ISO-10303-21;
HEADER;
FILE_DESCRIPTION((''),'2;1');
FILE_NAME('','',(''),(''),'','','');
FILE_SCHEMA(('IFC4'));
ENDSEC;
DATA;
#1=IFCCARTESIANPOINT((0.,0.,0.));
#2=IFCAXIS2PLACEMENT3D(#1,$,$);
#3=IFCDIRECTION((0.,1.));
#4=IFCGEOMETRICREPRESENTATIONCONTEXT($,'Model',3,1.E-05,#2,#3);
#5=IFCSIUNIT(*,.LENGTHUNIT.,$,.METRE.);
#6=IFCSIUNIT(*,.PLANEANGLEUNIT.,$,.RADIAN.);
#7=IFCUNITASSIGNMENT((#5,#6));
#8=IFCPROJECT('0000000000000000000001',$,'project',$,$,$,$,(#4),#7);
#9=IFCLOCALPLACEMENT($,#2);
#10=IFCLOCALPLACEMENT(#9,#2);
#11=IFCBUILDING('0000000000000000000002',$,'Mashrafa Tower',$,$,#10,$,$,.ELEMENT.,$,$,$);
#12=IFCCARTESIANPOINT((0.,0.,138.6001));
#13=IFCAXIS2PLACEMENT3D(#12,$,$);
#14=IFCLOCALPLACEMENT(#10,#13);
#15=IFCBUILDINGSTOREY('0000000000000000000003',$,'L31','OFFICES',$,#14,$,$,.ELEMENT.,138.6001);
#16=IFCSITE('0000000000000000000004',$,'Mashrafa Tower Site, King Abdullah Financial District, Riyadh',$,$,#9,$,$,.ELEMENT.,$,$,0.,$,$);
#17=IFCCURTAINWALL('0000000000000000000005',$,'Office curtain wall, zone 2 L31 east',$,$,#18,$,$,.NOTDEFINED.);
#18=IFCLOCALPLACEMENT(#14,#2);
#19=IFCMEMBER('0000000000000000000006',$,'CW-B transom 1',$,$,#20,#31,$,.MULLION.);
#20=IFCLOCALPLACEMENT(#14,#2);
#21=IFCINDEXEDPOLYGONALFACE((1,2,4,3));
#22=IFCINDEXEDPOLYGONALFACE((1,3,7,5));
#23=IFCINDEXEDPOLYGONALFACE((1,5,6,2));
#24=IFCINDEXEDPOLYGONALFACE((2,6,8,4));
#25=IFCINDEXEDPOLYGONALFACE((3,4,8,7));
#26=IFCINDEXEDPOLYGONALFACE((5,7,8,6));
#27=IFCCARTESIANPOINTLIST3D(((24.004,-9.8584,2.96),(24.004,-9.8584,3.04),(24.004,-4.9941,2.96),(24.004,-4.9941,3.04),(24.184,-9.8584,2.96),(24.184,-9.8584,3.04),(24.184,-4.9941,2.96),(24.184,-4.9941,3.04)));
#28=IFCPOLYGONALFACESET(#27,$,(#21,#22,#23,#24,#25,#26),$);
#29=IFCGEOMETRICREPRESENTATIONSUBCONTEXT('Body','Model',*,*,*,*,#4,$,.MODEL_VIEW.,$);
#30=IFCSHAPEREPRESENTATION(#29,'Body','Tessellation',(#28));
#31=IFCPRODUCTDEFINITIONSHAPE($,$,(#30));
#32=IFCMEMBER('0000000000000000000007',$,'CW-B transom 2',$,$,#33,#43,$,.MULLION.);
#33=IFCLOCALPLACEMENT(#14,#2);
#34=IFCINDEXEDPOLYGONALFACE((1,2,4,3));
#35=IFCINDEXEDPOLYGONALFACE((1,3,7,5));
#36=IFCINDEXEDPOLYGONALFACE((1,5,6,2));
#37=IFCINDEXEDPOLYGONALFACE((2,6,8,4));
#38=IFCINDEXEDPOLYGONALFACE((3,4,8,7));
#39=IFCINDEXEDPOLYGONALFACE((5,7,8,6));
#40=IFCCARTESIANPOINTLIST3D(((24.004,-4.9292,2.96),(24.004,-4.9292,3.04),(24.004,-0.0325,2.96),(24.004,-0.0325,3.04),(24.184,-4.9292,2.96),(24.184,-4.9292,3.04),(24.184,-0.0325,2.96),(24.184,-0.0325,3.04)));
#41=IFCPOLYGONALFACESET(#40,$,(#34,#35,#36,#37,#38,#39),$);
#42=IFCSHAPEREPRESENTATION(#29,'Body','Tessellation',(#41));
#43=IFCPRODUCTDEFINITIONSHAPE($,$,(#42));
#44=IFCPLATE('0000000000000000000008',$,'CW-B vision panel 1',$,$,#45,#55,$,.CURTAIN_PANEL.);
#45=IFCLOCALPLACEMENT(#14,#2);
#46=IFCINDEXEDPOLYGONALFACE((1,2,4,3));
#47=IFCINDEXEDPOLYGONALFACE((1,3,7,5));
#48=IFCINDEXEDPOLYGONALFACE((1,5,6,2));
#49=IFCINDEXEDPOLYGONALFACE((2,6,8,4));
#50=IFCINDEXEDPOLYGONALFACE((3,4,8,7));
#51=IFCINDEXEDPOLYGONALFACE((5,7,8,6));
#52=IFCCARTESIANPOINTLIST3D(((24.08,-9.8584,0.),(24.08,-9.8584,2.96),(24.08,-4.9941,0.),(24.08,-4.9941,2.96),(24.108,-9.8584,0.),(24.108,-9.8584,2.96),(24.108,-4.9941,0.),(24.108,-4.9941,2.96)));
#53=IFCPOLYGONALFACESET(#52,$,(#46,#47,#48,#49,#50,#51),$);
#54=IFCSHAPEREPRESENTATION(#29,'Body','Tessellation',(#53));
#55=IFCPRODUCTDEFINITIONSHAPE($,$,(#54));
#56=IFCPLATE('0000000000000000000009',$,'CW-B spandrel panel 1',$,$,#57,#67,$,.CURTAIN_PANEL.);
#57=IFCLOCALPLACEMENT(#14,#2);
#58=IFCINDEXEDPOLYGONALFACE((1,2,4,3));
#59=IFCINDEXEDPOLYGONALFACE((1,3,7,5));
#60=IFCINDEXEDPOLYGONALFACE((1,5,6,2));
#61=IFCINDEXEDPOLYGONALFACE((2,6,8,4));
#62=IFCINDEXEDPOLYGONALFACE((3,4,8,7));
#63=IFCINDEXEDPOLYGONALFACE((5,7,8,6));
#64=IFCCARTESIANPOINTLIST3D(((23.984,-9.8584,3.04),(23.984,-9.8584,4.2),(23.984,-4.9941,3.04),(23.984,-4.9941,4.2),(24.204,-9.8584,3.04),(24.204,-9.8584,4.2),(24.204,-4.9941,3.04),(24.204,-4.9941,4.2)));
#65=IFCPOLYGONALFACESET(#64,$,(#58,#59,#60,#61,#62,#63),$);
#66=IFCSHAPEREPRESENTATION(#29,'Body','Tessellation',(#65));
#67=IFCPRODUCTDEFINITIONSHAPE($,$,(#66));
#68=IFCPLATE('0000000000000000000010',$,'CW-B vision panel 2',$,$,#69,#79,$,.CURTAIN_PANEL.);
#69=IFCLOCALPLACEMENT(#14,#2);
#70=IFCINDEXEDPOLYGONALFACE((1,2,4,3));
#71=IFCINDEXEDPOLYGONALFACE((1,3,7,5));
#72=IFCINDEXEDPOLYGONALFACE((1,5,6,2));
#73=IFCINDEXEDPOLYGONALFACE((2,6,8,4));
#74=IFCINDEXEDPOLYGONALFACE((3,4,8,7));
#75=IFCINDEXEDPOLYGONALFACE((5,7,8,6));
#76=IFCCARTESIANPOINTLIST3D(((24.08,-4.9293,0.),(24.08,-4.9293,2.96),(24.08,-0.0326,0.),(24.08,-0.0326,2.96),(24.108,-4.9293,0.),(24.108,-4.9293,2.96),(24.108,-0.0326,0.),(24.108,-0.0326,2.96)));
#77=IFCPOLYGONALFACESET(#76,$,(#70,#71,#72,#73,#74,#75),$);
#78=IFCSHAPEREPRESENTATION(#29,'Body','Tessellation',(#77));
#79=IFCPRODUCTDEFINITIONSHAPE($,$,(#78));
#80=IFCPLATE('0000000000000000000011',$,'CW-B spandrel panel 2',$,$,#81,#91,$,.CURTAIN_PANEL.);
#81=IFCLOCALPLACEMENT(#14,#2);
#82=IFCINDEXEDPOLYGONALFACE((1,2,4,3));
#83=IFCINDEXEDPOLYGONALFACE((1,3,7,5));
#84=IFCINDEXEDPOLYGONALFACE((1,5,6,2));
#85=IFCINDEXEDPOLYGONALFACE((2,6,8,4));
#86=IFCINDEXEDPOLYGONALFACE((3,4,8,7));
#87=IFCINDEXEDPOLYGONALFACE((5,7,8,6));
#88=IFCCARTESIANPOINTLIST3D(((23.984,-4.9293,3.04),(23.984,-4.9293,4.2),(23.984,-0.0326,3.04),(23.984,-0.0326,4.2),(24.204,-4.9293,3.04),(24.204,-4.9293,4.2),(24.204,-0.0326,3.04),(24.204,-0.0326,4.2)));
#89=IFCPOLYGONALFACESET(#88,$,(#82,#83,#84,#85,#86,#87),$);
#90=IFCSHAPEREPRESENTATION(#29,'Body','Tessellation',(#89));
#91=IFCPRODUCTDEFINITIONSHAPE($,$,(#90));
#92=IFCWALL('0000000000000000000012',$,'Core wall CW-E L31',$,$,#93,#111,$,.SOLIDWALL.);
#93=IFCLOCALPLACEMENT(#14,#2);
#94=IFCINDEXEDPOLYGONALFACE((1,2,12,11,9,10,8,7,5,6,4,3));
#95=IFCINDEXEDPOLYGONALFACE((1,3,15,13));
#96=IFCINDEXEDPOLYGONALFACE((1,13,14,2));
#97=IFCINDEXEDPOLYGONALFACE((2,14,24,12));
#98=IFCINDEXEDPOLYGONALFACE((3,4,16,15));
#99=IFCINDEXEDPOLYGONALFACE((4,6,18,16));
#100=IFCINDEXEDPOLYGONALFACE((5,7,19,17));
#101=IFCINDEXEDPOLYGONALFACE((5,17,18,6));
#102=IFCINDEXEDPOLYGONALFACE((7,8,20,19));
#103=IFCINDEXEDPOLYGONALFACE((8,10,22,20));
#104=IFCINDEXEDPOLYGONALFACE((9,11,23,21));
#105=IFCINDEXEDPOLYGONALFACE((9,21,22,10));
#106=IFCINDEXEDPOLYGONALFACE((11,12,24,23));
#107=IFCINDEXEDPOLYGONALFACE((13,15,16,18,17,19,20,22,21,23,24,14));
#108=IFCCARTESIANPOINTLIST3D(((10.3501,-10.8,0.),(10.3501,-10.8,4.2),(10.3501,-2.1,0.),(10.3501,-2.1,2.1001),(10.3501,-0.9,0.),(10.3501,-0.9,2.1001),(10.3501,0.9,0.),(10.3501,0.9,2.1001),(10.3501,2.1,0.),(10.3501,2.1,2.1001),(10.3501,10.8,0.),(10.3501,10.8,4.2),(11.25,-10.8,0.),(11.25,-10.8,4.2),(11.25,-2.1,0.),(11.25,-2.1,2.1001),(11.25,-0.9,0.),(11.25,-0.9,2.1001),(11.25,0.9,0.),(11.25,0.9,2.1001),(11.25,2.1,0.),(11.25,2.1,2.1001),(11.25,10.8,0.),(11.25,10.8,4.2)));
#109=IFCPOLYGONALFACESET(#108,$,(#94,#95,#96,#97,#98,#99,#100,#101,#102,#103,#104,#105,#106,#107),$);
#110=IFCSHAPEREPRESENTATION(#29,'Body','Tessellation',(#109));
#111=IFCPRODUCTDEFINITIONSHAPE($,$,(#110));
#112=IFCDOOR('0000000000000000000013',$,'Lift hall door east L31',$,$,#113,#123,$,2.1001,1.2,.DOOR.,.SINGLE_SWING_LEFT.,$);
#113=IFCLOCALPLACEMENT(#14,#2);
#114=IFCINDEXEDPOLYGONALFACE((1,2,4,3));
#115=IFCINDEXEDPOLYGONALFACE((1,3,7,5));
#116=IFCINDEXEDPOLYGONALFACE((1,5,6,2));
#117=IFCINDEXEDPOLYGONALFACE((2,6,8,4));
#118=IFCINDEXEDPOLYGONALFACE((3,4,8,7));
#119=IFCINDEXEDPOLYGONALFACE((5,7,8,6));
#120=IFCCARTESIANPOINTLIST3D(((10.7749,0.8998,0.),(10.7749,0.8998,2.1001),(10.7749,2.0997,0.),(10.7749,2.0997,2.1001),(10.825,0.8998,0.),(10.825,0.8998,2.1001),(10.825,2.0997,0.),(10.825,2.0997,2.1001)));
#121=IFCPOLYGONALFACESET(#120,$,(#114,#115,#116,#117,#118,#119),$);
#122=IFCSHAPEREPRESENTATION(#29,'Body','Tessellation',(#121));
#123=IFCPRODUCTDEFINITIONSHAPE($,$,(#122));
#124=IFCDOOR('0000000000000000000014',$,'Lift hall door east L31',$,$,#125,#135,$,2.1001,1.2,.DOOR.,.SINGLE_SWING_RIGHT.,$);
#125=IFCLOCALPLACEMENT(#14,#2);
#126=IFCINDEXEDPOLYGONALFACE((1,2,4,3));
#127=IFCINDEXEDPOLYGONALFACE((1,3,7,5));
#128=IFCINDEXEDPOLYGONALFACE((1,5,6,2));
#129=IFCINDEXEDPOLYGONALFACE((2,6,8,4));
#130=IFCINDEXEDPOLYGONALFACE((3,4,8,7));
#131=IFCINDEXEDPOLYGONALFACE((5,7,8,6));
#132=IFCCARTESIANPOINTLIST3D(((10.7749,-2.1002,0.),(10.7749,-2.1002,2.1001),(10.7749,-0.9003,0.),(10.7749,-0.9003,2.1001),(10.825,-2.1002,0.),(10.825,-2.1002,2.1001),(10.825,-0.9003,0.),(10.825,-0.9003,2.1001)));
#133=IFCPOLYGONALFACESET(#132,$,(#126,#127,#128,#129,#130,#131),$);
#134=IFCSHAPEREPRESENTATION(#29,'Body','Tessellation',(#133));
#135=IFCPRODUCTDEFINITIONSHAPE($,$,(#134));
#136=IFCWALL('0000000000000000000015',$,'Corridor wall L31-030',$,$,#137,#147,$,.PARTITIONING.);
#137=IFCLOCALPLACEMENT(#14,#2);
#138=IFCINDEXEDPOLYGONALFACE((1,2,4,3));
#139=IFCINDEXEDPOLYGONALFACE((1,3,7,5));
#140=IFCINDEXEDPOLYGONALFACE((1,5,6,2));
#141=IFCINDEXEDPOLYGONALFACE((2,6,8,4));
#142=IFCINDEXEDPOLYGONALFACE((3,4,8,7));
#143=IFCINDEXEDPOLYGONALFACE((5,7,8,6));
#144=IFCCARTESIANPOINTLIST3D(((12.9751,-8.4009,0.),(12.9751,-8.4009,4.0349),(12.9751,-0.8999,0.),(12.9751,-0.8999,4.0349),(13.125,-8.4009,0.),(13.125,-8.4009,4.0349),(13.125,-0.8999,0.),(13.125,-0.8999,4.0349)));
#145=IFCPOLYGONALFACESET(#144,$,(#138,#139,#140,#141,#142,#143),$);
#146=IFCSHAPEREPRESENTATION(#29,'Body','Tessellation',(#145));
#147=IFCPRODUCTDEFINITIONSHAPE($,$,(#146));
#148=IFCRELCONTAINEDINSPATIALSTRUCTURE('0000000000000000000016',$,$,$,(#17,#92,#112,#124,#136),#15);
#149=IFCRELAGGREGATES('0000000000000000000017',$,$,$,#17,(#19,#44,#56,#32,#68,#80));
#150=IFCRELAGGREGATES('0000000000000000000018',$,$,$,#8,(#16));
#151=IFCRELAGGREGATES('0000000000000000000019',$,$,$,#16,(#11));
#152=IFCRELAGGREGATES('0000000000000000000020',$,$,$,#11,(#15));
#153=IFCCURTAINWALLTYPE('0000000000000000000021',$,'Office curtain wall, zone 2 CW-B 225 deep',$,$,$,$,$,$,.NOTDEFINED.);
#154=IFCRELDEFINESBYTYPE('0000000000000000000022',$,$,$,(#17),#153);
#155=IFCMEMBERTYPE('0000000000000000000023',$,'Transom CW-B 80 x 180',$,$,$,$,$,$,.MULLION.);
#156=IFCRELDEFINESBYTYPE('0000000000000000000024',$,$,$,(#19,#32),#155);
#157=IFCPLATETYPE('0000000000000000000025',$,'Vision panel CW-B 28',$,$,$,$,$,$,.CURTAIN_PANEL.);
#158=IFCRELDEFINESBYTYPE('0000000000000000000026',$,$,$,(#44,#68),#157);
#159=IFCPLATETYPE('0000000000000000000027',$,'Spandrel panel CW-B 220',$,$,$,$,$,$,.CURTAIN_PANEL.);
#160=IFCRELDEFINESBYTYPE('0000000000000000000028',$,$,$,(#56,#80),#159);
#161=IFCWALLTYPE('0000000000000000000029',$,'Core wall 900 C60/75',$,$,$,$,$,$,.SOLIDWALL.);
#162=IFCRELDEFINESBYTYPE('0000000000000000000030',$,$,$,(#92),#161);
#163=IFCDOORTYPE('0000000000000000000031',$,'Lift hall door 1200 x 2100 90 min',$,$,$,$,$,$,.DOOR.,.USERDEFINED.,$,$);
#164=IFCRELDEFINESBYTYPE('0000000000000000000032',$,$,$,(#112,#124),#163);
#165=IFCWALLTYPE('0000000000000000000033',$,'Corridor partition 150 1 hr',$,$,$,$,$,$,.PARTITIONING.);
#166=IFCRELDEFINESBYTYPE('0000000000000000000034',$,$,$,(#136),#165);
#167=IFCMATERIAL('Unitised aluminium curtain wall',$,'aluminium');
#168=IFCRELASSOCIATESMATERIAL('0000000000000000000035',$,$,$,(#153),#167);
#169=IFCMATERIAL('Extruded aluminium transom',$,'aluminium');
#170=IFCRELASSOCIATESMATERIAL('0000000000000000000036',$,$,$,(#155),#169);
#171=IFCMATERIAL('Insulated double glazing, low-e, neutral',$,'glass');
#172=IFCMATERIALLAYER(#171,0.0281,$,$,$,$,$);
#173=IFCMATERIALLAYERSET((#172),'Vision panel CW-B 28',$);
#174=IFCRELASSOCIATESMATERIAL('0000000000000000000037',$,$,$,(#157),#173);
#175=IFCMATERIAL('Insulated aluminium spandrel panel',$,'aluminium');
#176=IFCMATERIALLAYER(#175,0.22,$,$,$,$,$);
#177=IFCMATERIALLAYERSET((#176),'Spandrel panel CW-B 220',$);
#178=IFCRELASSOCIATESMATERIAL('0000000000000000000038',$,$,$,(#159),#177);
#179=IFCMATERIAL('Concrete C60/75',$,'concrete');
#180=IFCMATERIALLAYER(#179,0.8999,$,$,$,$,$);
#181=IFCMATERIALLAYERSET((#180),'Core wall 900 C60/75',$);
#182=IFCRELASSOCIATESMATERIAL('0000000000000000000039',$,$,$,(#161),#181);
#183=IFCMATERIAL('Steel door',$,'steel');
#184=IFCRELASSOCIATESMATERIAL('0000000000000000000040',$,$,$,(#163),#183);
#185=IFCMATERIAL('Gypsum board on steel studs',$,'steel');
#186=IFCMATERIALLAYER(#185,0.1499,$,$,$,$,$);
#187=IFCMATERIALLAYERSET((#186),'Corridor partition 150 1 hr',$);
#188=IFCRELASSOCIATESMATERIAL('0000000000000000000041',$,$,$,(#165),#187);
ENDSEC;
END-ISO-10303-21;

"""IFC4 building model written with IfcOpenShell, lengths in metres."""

from ifc_helpers import new_model, si_unit, direction, frame, frame_2d, origin, origin_2d, place, context, subcontext, project, spatial, rectangle, extrude, source, transform, mapped, material, layer, layer_set, material_profile, profile_set, type_object, type_shapes, element, fill, aggregate, save


model = new_model("IFC4")

# Units and contexts
model_context = context("Model", 3, precision=1e-05, world=origin(), true_north=direction((0.0, 1.0)))
body_context = subcontext(model_context, "Body", "Model", "MODEL_VIEW")
ifc_project = project(units=[si_unit("LENGTHUNIT", "METRE"), si_unit("PLANEANGLEUNIT", "RADIAN")], contexts=[model_context])

# Site, building, storey
site_placement = place(None, origin())
site = spatial("IfcSite", under=ifc_project, at=site_placement, Name="Mashrafa Tower Site, King Abdullah Financial District, Riyadh", CompositionType="ELEMENT", RefElevation=0.0)
building_placement = place(site_placement, origin())
building = spatial("IfcBuilding", under=site, at=building_placement, Name="Mashrafa Tower", CompositionType="ELEMENT")
storey_placement = place(building_placement, frame((0.0, 0.0, 138.6001)))
storey = spatial("IfcBuildingStorey", under=building, at=storey_placement, Name="L31", Description="OFFICES", CompositionType="ELEMENT", Elevation=138.6001)

# Curtain wall
ifc_material_1 = material(Name="Unitised aluminium curtain wall", Category="aluminium")
curtain_wall_type = type_object("IfcCurtainWallType", Name="Office curtain wall, zone 2 CW-B 225 deep", PredefinedType="NOTDEFINED", material=ifc_material_1)
curtain_wall_1_placement = place(storey_placement, origin())
curtain_wall_1 = element("IfcCurtainWall", 1, at=curtain_wall_1_placement, inside=storey, type_object=curtain_wall_type, Name="Office curtain wall, zone 2 L31 east", PredefinedType="NOTDEFINED")

# Members
ifc_material_2 = material(Name="Extruded aluminium transom", Category="aluminium")
ifc_material_profile_1 = material_profile(ifc_material_2, rectangle(XDim=0.1799, YDim=0.0801, at=origin_2d()), Name="Transom 80x180")
ifc_profile_set_1 = profile_set([ifc_material_profile_1], Name="Extruded aluminium transom")
member_type_1 = type_object("IfcMemberType", Name="Transom CW-B 80 x 180", PredefinedType="MULLION", material=ifc_profile_set_1)
shared_shape_1 = source(origin(), body_context, "Body", "SweptSolid", [
    extrude(rectangle(XDim=0.1799, YDim=0.0801, at=origin_2d()), origin(), (0.0, 0.0, 1.0), 4.8643),
])
member_1_placement = place(storey_placement, frame((24.094, -9.8584, 3.0), z_axis=(0.0, 1.0, 0.0), x_axis=(-1.0, 0.0, 0.0)))
member_1 = element("IfcMember", 2, at=member_1_placement, type_object=member_type_1, Name="CW-B transom 1", PredefinedType="MULLION", context=body_context, shape_type="MappedRepresentation", body=[
    mapped(shared_shape_1, transform((0.0, 0.0, 0.0))),
])
shared_shape_2 = source(origin(), body_context, "Body", "SweptSolid", [
    extrude(rectangle(XDim=0.1799, YDim=0.0801, at=origin_2d()), origin(), (0.0, 0.0, 1.0), 4.8967),
])
type_shapes(member_type_1, [shared_shape_1, shared_shape_2])
member_2_placement = place(storey_placement, frame((24.094, -4.9292, 3.0), z_axis=(0.0, 1.0, 0.0), x_axis=(-1.0, 0.0, 0.0)))
member_2 = element("IfcMember", 3, at=member_2_placement, type_object=member_type_1, Name="CW-B transom 2", PredefinedType="MULLION", context=body_context, shape_type="MappedRepresentation", body=[
    mapped(shared_shape_2, transform((0.0, 0.0, 0.0))),
])

# Plates
ifc_material_3 = material(Name="Insulated double glazing, low-e, neutral", Category="glass")
ifc_layer_1 = layer(ifc_material_3, 0.0281)
ifc_layer_set_1 = layer_set([ifc_layer_1], Name="Vision panel CW-B 28")
plate_type_1 = type_object("IfcPlateType", Name="Vision panel CW-B 28", PredefinedType="CURTAIN_PANEL", material=ifc_layer_set_1)
shared_shape_3 = source(origin(), body_context, "Body", "SweptSolid", [
    extrude(rectangle(XDim=4.8643, YDim=0.0281, at=origin_2d()), origin(), (0.0, 0.0, 1.0), 2.96),
])
plate_1_placement = place(storey_placement, frame((24.094, -7.4263, 0.0), z_axis=(0.0, 0.0, 1.0), x_axis=(0.0, 1.0, 0.0)))
plate_1 = element("IfcPlate", 4, at=plate_1_placement, type_object=plate_type_1, Name="CW-B vision panel 1", PredefinedType="CURTAIN_PANEL", context=body_context, shape_type="MappedRepresentation", body=[
    mapped(shared_shape_3, transform((0.0, 0.0, 0.0))),
])
ifc_material_4 = material(Name="Insulated aluminium spandrel panel", Category="aluminium")
ifc_layer_2 = layer(ifc_material_4, 0.22)
ifc_layer_set_2 = layer_set([ifc_layer_2], Name="Spandrel panel CW-B 220")
plate_type_2 = type_object("IfcPlateType", Name="Spandrel panel CW-B 220", PredefinedType="CURTAIN_PANEL", material=ifc_layer_set_2)
shared_shape_4 = source(origin(), body_context, "Body", "SweptSolid", [
    extrude(rectangle(XDim=4.8643, YDim=0.22, at=origin_2d()), origin(), (0.0, 0.0, 1.0), 1.1599),
])
plate_2_placement = place(storey_placement, frame((24.094, -7.4263, 3.04), z_axis=(0.0, 0.0, 1.0), x_axis=(0.0, 1.0, 0.0)))
plate_2 = element("IfcPlate", 5, at=plate_2_placement, type_object=plate_type_2, Name="CW-B spandrel panel 1", PredefinedType="CURTAIN_PANEL", context=body_context, shape_type="MappedRepresentation", body=[
    mapped(shared_shape_4, transform((0.0, 0.0, 0.0))),
])
shared_shape_5 = source(origin(), body_context, "Body", "SweptSolid", [
    extrude(rectangle(XDim=4.8967, YDim=0.0281, at=origin_2d()), origin(), (0.0, 0.0, 1.0), 2.96),
])
type_shapes(plate_type_1, [shared_shape_3, shared_shape_5])
plate_3_placement = place(storey_placement, frame((24.094, -2.481, 0.0), z_axis=(0.0, 0.0, 1.0), x_axis=(0.0, 1.0, 0.0)))
plate_3 = element("IfcPlate", 6, at=plate_3_placement, type_object=plate_type_1, Name="CW-B vision panel 2", PredefinedType="CURTAIN_PANEL", context=body_context, shape_type="MappedRepresentation", body=[
    mapped(shared_shape_5, transform((0.0, 0.0, 0.0))),
])
shared_shape_6 = source(origin(), body_context, "Body", "SweptSolid", [
    extrude(rectangle(XDim=4.8967, YDim=0.22, at=origin_2d()), origin(), (0.0, 0.0, 1.0), 1.1599),
])
type_shapes(plate_type_2, [shared_shape_4, shared_shape_6])
plate_4_placement = place(storey_placement, frame((24.094, -2.481, 3.04), z_axis=(0.0, 0.0, 1.0), x_axis=(0.0, 1.0, 0.0)))
plate_4 = element("IfcPlate", 7, at=plate_4_placement, type_object=plate_type_2, Name="CW-B spandrel panel 2", PredefinedType="CURTAIN_PANEL", context=body_context, shape_type="MappedRepresentation", body=[
    mapped(shared_shape_6, transform((0.0, 0.0, 0.0))),
])
aggregate(curtain_wall_1, [member_1, plate_1, plate_2, member_2, plate_3, plate_4])

# Wall, openings, doors
ifc_material_5 = material(Name="Concrete C60/75", Category="concrete")
ifc_layer_3 = layer(ifc_material_5, 0.8999)
ifc_layer_set_3 = layer_set([ifc_layer_3], Name="Core wall 900 C60/75")
wall_type_1 = type_object("IfcWallType", Name="Core wall 900 C60/75", PredefinedType="SOLIDWALL", material=ifc_layer_set_3)
wall_1_placement = place(storey_placement, frame((10.8, -10.8, 0.0), z_axis=(0.0, 0.0, 1.0), x_axis=(0.0, 1.0, 0.0)))
wall_1 = element("IfcWall", 8, at=wall_1_placement, inside=storey, type_object=wall_type_1, Name="Core wall CW-E L31", PredefinedType="SOLIDWALL", context=body_context, shape_type="SweptSolid", body=[
    extrude(rectangle(XDim=21.6001, YDim=0.8999, at=frame_2d((10.8, 0.0))), origin(), (0.0, 0.0, 1.0), 4.2),
])
opening_1_placement = place(wall_1_placement, frame((11.7, 0.0, 0.0)))
opening_1 = element("IfcOpeningElement", 9, at=opening_1_placement, cuts=wall_1, PredefinedType="OPENING", context=body_context, shape_type="SweptSolid", body=[
    extrude(rectangle(XDim=1.2, YDim=2.1001, at=frame_2d((0.6001, 1.05))), frame((0.0, 0.46, 0.0), z_axis=(0.0, -1.0, 0.0), x_axis=(1.0, 0.0, 0.0)), (0.0, 0.0, 1.0), 0.9199),
])
opening_2_placement = place(wall_1_placement, frame((8.7, 0.0, 0.0)))
opening_2 = element("IfcOpeningElement", 10, at=opening_2_placement, cuts=wall_1, PredefinedType="OPENING", context=body_context, shape_type="SweptSolid", body=[
    extrude(rectangle(XDim=1.2, YDim=2.1001, at=frame_2d((0.6001, 1.05))), frame((0.0, 0.46, 0.0), z_axis=(0.0, -1.0, 0.0), x_axis=(1.0, 0.0, 0.0)), (0.0, 0.0, 1.0), 0.9199),
])
ifc_material_6 = material(Name="Steel door", Category="steel")
door_type_1 = type_object("IfcDoorType", Name="Lift hall door 1200 x 2100 90 min", OperationType="USERDEFINED", PredefinedType="DOOR", material=ifc_material_6)
door_1_placement = place(opening_1_placement, frame((1.2, 0.0, 0.0), z_axis=(0.0, 0.0, 1.0), x_axis=(-1.0, 0.0, 0.0)))
door_1 = element("IfcDoor", 11, at=door_1_placement, inside=storey, type_object=door_type_1, Name="Lift hall door east L31", OperationType="SINGLE_SWING_LEFT", OverallHeight=2.1001, OverallWidth=1.2, PredefinedType="DOOR", context=body_context, shape_type="SweptSolid", body=[
    extrude(rectangle(XDim=1.2, YDim=2.1001, at=frame_2d((0.6001, 1.05))), frame((0.0, 0.0249, 0.0), z_axis=(0.0, -1.0, 0.0), x_axis=(1.0, 0.0, 0.0)), (0.0, 0.0, 1.0), 0.05),
])
fill(opening_1, door_1)
door_2_placement = place(opening_2_placement, frame((1.2, 0.0, 0.0), z_axis=(0.0, 0.0, 1.0), x_axis=(-1.0, 0.0, 0.0)))
door_2 = element("IfcDoor", 12, at=door_2_placement, inside=storey, type_object=door_type_1, Name="Lift hall door east L31", OperationType="SINGLE_SWING_RIGHT", OverallHeight=2.1001, OverallWidth=1.2, PredefinedType="DOOR", context=body_context, shape_type="SweptSolid", body=[
    extrude(rectangle(XDim=1.2, YDim=2.1001, at=frame_2d((0.6001, 1.05))), frame((0.0, 0.0249, 0.0), z_axis=(0.0, -1.0, 0.0), x_axis=(1.0, 0.0, 0.0)), (0.0, 0.0, 1.0), 0.05),
])
fill(opening_2, door_2)

# Wall
ifc_material_7 = material(Name="Gypsum board on steel studs", Category="steel")
ifc_layer_4 = layer(ifc_material_7, 0.1499)
ifc_layer_set_4 = layer_set([ifc_layer_4], Name="Corridor partition 150 1 hr")
wall_type_2 = type_object("IfcWallType", Name="Corridor partition 150 1 hr", PredefinedType="PARTITIONING", material=ifc_layer_set_4)
wall_2_placement = place(storey_placement, frame((13.05, -8.4009, 0.0), z_axis=(0.0, 0.0, 1.0), x_axis=(0.0, 1.0, 0.0)))
element("IfcWall", 13, at=wall_2_placement, inside=storey, type_object=wall_type_2, Name="Corridor wall L31-030", PredefinedType="PARTITIONING", context=body_context, shape_type="SweptSolid", body=[
    extrude(rectangle(XDim=7.501, YDim=0.1499, at=frame_2d((3.7505, 0.0))), origin(), (0.0, 0.0, 1.0), 4.0349),
])

save(model, "model.ifc")
